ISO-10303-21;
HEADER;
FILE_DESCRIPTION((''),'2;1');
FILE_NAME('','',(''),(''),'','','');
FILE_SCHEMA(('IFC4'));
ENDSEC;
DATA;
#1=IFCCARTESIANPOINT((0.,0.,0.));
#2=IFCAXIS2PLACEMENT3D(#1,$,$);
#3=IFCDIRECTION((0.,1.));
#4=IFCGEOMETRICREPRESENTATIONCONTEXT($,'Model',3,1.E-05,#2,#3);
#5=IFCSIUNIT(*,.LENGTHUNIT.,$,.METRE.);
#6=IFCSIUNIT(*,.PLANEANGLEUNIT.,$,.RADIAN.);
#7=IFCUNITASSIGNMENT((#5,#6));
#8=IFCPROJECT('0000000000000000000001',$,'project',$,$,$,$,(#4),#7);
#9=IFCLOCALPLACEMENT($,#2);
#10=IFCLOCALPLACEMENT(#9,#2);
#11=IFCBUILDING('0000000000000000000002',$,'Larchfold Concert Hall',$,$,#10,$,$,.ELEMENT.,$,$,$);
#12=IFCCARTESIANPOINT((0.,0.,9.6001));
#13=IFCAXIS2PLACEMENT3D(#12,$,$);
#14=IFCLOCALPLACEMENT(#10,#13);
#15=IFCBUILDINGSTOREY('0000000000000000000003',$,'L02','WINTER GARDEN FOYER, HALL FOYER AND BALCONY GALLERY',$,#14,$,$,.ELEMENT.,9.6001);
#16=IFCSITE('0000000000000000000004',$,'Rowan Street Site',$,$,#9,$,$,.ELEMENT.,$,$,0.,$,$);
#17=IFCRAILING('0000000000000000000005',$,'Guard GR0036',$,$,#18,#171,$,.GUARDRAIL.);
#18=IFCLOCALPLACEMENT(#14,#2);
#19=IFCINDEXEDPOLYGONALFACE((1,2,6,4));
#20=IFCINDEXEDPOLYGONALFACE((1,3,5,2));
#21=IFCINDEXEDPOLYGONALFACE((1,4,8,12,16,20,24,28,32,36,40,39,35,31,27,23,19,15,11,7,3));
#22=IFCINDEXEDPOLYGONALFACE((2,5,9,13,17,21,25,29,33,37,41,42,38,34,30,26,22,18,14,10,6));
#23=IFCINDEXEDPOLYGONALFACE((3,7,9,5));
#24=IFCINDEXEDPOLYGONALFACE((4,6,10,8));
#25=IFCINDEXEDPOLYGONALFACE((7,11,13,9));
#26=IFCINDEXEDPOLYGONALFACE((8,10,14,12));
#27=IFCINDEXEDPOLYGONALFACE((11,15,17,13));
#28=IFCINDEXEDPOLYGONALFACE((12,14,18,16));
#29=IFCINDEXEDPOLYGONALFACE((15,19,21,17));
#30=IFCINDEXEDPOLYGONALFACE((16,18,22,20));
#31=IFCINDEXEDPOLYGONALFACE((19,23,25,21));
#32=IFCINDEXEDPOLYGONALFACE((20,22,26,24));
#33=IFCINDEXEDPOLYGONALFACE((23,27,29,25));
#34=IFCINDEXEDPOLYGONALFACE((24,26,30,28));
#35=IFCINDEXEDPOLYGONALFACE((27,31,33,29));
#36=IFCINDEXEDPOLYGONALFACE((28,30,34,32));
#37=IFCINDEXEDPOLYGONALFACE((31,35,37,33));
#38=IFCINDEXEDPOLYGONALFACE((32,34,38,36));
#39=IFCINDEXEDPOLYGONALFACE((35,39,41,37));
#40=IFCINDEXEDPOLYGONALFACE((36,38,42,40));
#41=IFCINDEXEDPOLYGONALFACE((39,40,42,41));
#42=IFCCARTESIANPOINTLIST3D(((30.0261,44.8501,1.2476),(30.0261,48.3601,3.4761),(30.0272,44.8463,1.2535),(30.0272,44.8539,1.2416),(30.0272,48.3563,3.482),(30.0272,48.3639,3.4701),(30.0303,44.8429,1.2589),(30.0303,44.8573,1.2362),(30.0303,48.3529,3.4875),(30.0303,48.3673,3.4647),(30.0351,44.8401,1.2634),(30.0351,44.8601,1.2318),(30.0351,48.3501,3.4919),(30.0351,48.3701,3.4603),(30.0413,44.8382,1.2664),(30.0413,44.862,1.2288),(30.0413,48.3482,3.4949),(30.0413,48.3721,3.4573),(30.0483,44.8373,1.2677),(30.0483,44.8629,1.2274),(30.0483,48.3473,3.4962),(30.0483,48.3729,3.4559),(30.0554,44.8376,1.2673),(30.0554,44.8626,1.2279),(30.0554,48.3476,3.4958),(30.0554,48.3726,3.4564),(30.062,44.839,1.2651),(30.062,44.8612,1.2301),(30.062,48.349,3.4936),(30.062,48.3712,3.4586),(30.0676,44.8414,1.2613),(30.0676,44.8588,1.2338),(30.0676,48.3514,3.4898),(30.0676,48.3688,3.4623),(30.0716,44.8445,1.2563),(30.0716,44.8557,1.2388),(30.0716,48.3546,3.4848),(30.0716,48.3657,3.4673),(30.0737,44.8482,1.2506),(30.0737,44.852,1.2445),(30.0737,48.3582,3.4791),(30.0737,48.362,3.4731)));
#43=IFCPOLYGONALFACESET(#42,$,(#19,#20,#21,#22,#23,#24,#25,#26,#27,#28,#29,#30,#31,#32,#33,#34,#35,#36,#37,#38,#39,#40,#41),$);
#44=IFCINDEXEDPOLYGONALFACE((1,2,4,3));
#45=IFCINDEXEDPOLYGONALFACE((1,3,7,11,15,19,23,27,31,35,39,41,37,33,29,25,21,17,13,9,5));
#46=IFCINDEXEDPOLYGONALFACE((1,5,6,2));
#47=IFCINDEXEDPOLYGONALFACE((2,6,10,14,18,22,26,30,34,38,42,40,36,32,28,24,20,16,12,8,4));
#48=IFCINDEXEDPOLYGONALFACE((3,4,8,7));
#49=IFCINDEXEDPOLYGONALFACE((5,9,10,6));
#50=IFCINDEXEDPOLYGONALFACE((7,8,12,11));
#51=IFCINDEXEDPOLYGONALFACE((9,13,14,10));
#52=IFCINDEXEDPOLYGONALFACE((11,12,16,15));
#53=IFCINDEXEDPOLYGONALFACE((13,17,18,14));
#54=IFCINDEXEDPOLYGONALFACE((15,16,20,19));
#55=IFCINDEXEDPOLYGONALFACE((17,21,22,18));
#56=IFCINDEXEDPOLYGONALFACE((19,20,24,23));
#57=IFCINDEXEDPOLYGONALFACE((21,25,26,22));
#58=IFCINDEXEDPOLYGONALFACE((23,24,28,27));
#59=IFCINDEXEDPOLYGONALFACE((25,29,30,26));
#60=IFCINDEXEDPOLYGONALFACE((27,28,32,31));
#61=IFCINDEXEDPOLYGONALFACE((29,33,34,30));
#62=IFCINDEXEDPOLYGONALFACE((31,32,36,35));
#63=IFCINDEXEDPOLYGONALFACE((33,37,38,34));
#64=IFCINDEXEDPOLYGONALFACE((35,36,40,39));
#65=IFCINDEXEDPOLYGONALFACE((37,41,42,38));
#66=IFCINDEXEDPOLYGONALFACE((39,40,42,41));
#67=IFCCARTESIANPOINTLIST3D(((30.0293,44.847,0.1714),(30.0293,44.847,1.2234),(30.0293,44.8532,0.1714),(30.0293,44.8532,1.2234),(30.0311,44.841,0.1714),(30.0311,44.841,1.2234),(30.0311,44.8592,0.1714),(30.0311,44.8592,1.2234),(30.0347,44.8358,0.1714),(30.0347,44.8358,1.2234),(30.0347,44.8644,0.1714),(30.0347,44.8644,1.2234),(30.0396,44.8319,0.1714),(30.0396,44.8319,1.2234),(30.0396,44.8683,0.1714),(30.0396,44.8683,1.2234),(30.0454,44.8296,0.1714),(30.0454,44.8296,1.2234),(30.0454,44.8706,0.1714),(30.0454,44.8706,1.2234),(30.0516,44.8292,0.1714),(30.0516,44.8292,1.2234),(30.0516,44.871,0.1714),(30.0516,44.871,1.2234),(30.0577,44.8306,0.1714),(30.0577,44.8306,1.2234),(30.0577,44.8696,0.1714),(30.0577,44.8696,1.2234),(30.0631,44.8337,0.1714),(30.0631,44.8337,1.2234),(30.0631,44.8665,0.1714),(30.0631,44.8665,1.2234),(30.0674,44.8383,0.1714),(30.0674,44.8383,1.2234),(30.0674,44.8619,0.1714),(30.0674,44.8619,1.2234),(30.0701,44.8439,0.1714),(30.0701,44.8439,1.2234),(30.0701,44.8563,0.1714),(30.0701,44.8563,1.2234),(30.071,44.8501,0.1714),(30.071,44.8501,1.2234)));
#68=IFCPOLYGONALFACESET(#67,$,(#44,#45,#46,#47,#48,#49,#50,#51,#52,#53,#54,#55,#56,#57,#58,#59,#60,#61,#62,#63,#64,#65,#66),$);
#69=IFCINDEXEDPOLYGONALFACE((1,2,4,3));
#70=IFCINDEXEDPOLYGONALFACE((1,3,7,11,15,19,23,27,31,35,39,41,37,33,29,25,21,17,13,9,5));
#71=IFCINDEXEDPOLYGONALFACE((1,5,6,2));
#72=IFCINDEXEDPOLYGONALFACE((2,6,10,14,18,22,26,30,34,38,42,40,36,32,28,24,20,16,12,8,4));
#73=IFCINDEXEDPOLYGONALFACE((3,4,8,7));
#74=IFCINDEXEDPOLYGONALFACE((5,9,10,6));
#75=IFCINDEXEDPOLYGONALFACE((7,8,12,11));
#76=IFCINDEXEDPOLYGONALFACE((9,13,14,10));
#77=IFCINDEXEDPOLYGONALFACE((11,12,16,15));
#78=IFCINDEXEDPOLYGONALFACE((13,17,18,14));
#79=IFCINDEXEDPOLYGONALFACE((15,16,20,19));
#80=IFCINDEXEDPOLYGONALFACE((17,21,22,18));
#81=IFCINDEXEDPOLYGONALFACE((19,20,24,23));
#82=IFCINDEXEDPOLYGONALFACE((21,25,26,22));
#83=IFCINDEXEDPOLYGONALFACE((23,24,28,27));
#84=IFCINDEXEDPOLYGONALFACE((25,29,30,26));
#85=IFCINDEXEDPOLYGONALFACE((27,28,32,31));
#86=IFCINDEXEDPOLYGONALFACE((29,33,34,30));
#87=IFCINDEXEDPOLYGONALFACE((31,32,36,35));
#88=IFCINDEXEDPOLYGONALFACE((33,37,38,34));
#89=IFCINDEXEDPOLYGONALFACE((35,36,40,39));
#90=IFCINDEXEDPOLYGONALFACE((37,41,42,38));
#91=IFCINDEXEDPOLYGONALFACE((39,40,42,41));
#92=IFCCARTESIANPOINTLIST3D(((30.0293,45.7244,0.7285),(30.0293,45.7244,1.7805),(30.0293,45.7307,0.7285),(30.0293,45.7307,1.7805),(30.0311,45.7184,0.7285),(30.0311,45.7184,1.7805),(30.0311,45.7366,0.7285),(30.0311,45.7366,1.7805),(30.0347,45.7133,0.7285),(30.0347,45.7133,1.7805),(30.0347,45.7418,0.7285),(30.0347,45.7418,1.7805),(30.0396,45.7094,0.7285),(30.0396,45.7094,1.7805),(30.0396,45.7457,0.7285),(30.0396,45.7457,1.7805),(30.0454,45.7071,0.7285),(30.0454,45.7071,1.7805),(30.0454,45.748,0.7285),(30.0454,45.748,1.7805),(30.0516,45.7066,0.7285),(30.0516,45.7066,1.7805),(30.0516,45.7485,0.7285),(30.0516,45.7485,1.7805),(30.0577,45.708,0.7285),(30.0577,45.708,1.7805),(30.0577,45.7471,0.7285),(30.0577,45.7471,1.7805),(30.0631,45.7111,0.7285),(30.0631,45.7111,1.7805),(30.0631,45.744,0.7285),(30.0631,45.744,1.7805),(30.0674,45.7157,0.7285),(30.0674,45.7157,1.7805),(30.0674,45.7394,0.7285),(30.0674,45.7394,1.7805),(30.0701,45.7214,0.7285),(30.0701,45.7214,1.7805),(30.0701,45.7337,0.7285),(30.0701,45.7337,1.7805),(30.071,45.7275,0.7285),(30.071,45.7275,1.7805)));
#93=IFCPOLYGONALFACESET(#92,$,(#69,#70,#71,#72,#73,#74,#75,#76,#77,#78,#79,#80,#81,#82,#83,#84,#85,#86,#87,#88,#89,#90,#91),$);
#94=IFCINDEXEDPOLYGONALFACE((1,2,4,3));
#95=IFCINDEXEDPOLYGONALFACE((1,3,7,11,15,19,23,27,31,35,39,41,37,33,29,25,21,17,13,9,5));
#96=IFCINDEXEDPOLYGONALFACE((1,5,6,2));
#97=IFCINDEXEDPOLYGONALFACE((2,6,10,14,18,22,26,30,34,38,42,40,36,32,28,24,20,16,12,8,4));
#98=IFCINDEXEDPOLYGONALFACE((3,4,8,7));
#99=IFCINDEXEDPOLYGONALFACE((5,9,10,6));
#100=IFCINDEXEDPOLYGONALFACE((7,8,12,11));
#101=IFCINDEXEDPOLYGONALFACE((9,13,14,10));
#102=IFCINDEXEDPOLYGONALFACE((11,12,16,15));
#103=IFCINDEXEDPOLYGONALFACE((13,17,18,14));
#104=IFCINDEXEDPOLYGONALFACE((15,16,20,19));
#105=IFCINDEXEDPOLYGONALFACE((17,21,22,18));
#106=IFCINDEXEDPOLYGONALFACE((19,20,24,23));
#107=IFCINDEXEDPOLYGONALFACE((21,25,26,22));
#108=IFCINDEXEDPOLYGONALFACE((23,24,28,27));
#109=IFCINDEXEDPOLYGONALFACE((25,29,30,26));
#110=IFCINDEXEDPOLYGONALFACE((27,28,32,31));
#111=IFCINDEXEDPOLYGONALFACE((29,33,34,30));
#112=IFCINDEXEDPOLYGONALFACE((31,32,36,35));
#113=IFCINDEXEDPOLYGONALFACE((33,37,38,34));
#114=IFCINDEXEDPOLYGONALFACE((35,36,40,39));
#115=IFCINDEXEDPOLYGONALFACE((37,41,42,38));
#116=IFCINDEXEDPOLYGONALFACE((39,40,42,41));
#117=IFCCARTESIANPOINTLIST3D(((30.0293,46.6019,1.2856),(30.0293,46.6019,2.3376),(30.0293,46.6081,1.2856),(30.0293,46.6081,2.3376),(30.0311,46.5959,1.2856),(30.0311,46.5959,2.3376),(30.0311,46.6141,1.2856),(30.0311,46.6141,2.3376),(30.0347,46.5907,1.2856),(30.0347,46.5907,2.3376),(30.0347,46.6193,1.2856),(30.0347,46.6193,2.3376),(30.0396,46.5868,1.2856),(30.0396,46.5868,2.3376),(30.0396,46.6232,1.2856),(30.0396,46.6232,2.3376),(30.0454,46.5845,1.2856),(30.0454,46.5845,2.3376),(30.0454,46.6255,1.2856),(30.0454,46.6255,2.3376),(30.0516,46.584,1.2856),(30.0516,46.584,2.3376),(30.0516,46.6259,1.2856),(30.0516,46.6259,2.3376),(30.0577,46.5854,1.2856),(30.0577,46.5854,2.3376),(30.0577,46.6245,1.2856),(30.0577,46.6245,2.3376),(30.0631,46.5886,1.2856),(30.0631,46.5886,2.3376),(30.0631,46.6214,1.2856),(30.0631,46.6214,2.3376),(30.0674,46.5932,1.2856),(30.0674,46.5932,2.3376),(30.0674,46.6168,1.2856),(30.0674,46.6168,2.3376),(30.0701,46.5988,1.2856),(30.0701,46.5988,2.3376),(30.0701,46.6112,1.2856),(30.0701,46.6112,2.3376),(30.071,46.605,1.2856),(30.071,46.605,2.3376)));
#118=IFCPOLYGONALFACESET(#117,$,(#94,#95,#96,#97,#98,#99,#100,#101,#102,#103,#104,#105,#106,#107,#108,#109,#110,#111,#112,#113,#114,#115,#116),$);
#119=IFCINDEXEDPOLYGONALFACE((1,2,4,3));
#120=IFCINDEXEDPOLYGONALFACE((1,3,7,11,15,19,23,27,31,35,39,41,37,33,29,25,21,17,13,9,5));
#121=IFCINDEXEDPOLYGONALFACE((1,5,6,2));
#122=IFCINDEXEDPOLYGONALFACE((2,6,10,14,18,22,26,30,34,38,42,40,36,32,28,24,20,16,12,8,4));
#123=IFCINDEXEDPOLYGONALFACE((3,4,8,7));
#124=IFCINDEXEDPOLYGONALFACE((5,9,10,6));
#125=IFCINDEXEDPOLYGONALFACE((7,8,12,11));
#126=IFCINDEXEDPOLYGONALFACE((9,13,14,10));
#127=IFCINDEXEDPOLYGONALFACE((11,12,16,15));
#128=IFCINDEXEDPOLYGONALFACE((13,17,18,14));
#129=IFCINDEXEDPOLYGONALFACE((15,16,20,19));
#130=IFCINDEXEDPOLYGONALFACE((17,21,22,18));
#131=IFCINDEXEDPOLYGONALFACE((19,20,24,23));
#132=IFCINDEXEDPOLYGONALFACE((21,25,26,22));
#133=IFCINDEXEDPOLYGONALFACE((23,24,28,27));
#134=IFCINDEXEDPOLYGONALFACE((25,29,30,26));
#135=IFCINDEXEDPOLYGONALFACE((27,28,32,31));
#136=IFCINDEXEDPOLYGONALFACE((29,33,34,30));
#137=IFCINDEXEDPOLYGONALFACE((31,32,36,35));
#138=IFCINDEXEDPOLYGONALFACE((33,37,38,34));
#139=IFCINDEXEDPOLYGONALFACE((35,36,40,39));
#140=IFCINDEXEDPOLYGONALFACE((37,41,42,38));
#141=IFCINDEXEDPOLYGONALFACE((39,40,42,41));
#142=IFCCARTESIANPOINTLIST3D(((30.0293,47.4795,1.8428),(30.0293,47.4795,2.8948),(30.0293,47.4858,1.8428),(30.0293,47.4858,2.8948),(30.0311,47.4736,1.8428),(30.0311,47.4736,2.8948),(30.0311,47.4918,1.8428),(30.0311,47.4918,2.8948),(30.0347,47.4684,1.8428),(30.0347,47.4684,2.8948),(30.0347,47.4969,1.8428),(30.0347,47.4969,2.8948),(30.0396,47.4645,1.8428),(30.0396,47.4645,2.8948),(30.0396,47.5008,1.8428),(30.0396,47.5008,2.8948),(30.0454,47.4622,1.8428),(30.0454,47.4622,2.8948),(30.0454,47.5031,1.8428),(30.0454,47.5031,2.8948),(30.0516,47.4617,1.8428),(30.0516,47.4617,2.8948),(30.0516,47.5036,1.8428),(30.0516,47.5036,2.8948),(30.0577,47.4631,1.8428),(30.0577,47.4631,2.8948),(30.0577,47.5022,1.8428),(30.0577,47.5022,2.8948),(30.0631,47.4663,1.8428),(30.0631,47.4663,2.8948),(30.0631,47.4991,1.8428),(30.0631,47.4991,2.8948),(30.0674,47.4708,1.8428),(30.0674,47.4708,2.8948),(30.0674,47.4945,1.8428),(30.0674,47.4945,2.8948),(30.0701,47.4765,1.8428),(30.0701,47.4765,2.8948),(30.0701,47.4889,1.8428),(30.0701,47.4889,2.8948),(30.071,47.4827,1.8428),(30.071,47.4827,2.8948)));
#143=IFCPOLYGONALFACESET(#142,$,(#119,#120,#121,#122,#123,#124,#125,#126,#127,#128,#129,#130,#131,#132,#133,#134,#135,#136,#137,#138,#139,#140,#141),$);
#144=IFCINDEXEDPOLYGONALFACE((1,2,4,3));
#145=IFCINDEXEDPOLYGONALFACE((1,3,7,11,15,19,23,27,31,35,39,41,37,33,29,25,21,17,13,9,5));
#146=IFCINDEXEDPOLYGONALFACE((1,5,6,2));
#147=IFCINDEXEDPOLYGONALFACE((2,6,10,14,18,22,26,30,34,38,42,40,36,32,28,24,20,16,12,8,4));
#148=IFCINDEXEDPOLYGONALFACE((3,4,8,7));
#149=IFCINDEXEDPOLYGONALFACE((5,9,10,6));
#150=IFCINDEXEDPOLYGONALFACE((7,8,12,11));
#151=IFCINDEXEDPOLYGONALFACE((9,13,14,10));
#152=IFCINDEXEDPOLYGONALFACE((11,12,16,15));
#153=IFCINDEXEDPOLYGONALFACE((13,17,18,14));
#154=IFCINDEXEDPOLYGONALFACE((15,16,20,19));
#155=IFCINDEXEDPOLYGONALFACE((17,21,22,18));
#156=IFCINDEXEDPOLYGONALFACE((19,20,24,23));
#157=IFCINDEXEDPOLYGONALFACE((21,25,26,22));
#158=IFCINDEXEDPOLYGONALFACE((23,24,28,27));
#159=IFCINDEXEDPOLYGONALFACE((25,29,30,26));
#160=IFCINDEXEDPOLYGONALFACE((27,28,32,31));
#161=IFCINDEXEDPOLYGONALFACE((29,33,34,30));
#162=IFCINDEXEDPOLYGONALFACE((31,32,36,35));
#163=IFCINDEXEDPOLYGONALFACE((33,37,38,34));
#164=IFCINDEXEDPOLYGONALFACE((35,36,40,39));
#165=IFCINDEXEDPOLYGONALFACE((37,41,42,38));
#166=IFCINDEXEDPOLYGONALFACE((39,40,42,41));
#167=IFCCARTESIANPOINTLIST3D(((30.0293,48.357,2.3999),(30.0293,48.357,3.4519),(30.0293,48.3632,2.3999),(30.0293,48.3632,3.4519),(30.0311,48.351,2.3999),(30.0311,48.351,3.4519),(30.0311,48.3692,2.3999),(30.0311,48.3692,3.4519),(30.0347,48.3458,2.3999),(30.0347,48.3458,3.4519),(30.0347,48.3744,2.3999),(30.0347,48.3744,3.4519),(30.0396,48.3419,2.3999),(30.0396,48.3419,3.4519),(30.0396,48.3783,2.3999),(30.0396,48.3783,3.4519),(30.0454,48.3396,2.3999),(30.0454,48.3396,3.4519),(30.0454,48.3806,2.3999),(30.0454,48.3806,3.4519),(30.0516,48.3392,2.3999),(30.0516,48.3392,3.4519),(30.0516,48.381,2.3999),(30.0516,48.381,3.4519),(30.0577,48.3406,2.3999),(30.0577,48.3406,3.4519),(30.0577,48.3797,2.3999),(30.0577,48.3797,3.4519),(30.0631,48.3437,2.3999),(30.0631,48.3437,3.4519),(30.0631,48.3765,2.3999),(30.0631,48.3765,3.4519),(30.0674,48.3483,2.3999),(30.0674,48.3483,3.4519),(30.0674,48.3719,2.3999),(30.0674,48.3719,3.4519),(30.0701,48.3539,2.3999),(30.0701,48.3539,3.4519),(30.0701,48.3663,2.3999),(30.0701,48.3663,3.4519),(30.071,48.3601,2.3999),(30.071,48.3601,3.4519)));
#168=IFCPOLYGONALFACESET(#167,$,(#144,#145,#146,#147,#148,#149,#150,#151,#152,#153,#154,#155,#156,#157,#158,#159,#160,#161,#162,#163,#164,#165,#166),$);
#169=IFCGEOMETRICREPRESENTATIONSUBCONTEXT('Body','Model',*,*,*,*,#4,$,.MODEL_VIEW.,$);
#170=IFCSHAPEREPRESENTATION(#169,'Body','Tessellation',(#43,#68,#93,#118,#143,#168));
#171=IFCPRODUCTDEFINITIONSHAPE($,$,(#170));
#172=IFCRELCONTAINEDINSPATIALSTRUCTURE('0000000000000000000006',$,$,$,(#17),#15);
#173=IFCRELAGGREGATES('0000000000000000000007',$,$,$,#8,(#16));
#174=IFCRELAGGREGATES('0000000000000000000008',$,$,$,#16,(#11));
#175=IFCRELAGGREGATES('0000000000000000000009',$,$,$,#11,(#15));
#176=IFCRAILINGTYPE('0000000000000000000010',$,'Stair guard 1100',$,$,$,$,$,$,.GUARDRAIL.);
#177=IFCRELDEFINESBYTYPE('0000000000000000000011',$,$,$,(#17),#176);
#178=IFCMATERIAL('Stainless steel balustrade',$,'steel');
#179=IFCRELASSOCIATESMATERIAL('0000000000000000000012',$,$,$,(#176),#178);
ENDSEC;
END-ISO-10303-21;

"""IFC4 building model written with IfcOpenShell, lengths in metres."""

from ifc_helpers import new_model, si_unit, direction, frame, origin, origin_2d, place, context, subcontext, project, spatial, circle, extrude, material, type_object, element, save


model = new_model("IFC4")

# Units and contexts
model_context = context("Model", 3, precision=1e-05, world=origin(), true_north=direction((0.0, 1.0)))
body_context = subcontext(model_context, "Body", "Model", "MODEL_VIEW")
ifc_project = project(units=[si_unit("LENGTHUNIT", "METRE"), si_unit("PLANEANGLEUNIT", "RADIAN")], contexts=[model_context])

# Site, building, storey
site_placement = place(None, origin())
site = spatial("IfcSite", under=ifc_project, at=site_placement, Name="Rowan Street Site", CompositionType="ELEMENT", RefElevation=0.0)
building_placement = place(site_placement, origin())
building = spatial("IfcBuilding", under=site, at=building_placement, Name="Larchfold Concert Hall", CompositionType="ELEMENT")
storey_placement = place(building_placement, frame((0.0, 0.0, 9.6001)))
storey = spatial("IfcBuildingStorey", under=building, at=storey_placement, Name="L02", Description="WINTER GARDEN FOYER, HALL FOYER AND BALCONY GALLERY", CompositionType="ELEMENT", Elevation=9.6001)

# Railing
ifc_material_1 = material(Name="Stainless steel balustrade", Category="steel")
railing_type_1 = type_object("IfcRailingType", Name="Stair guard 1100", PredefinedType="GUARDRAIL", material=ifc_material_1)
railing_1_placement = place(storey_placement, frame((30.05, 44.8501, 0.1714)))
element("IfcRailing", 1, at=railing_1_placement, inside=storey, type_object=railing_type_1, Name="Guard GR0036", PredefinedType="GUARDRAIL", context=body_context, shape_type="SweptSolid", body=[
    extrude(circle(Radius=0.0239, at=origin_2d()), frame((0.0, 0.0, 1.0762), z_axis=(0.0, 0.84422, 0.535998), x_axis=(-1.0, 0.0, 0.0)), (0.0, 0.0, 1.0), 4.1577),
    extrude(circle(Radius=0.021, at=origin_2d()), origin(), (0.0, 0.0, 1.0), 1.052),
    extrude(circle(Radius=0.021, at=origin_2d()), frame((0.0, 0.8774, 0.5571)), (0.0, 0.0, 1.0), 1.052),
    extrude(circle(Radius=0.021, at=origin_2d()), frame((0.0, 1.7549, 1.1143)), (0.0, 0.0, 1.0), 1.052),
    extrude(circle(Radius=0.021, at=origin_2d()), frame((0.0, 2.6326, 1.6714)), (0.0, 0.0, 1.0), 1.052),
    extrude(circle(Radius=0.021, at=origin_2d()), frame((0.0, 3.51, 2.2285)), (0.0, 0.0, 1.0), 1.052),
])

save(model, "model.ifc")
